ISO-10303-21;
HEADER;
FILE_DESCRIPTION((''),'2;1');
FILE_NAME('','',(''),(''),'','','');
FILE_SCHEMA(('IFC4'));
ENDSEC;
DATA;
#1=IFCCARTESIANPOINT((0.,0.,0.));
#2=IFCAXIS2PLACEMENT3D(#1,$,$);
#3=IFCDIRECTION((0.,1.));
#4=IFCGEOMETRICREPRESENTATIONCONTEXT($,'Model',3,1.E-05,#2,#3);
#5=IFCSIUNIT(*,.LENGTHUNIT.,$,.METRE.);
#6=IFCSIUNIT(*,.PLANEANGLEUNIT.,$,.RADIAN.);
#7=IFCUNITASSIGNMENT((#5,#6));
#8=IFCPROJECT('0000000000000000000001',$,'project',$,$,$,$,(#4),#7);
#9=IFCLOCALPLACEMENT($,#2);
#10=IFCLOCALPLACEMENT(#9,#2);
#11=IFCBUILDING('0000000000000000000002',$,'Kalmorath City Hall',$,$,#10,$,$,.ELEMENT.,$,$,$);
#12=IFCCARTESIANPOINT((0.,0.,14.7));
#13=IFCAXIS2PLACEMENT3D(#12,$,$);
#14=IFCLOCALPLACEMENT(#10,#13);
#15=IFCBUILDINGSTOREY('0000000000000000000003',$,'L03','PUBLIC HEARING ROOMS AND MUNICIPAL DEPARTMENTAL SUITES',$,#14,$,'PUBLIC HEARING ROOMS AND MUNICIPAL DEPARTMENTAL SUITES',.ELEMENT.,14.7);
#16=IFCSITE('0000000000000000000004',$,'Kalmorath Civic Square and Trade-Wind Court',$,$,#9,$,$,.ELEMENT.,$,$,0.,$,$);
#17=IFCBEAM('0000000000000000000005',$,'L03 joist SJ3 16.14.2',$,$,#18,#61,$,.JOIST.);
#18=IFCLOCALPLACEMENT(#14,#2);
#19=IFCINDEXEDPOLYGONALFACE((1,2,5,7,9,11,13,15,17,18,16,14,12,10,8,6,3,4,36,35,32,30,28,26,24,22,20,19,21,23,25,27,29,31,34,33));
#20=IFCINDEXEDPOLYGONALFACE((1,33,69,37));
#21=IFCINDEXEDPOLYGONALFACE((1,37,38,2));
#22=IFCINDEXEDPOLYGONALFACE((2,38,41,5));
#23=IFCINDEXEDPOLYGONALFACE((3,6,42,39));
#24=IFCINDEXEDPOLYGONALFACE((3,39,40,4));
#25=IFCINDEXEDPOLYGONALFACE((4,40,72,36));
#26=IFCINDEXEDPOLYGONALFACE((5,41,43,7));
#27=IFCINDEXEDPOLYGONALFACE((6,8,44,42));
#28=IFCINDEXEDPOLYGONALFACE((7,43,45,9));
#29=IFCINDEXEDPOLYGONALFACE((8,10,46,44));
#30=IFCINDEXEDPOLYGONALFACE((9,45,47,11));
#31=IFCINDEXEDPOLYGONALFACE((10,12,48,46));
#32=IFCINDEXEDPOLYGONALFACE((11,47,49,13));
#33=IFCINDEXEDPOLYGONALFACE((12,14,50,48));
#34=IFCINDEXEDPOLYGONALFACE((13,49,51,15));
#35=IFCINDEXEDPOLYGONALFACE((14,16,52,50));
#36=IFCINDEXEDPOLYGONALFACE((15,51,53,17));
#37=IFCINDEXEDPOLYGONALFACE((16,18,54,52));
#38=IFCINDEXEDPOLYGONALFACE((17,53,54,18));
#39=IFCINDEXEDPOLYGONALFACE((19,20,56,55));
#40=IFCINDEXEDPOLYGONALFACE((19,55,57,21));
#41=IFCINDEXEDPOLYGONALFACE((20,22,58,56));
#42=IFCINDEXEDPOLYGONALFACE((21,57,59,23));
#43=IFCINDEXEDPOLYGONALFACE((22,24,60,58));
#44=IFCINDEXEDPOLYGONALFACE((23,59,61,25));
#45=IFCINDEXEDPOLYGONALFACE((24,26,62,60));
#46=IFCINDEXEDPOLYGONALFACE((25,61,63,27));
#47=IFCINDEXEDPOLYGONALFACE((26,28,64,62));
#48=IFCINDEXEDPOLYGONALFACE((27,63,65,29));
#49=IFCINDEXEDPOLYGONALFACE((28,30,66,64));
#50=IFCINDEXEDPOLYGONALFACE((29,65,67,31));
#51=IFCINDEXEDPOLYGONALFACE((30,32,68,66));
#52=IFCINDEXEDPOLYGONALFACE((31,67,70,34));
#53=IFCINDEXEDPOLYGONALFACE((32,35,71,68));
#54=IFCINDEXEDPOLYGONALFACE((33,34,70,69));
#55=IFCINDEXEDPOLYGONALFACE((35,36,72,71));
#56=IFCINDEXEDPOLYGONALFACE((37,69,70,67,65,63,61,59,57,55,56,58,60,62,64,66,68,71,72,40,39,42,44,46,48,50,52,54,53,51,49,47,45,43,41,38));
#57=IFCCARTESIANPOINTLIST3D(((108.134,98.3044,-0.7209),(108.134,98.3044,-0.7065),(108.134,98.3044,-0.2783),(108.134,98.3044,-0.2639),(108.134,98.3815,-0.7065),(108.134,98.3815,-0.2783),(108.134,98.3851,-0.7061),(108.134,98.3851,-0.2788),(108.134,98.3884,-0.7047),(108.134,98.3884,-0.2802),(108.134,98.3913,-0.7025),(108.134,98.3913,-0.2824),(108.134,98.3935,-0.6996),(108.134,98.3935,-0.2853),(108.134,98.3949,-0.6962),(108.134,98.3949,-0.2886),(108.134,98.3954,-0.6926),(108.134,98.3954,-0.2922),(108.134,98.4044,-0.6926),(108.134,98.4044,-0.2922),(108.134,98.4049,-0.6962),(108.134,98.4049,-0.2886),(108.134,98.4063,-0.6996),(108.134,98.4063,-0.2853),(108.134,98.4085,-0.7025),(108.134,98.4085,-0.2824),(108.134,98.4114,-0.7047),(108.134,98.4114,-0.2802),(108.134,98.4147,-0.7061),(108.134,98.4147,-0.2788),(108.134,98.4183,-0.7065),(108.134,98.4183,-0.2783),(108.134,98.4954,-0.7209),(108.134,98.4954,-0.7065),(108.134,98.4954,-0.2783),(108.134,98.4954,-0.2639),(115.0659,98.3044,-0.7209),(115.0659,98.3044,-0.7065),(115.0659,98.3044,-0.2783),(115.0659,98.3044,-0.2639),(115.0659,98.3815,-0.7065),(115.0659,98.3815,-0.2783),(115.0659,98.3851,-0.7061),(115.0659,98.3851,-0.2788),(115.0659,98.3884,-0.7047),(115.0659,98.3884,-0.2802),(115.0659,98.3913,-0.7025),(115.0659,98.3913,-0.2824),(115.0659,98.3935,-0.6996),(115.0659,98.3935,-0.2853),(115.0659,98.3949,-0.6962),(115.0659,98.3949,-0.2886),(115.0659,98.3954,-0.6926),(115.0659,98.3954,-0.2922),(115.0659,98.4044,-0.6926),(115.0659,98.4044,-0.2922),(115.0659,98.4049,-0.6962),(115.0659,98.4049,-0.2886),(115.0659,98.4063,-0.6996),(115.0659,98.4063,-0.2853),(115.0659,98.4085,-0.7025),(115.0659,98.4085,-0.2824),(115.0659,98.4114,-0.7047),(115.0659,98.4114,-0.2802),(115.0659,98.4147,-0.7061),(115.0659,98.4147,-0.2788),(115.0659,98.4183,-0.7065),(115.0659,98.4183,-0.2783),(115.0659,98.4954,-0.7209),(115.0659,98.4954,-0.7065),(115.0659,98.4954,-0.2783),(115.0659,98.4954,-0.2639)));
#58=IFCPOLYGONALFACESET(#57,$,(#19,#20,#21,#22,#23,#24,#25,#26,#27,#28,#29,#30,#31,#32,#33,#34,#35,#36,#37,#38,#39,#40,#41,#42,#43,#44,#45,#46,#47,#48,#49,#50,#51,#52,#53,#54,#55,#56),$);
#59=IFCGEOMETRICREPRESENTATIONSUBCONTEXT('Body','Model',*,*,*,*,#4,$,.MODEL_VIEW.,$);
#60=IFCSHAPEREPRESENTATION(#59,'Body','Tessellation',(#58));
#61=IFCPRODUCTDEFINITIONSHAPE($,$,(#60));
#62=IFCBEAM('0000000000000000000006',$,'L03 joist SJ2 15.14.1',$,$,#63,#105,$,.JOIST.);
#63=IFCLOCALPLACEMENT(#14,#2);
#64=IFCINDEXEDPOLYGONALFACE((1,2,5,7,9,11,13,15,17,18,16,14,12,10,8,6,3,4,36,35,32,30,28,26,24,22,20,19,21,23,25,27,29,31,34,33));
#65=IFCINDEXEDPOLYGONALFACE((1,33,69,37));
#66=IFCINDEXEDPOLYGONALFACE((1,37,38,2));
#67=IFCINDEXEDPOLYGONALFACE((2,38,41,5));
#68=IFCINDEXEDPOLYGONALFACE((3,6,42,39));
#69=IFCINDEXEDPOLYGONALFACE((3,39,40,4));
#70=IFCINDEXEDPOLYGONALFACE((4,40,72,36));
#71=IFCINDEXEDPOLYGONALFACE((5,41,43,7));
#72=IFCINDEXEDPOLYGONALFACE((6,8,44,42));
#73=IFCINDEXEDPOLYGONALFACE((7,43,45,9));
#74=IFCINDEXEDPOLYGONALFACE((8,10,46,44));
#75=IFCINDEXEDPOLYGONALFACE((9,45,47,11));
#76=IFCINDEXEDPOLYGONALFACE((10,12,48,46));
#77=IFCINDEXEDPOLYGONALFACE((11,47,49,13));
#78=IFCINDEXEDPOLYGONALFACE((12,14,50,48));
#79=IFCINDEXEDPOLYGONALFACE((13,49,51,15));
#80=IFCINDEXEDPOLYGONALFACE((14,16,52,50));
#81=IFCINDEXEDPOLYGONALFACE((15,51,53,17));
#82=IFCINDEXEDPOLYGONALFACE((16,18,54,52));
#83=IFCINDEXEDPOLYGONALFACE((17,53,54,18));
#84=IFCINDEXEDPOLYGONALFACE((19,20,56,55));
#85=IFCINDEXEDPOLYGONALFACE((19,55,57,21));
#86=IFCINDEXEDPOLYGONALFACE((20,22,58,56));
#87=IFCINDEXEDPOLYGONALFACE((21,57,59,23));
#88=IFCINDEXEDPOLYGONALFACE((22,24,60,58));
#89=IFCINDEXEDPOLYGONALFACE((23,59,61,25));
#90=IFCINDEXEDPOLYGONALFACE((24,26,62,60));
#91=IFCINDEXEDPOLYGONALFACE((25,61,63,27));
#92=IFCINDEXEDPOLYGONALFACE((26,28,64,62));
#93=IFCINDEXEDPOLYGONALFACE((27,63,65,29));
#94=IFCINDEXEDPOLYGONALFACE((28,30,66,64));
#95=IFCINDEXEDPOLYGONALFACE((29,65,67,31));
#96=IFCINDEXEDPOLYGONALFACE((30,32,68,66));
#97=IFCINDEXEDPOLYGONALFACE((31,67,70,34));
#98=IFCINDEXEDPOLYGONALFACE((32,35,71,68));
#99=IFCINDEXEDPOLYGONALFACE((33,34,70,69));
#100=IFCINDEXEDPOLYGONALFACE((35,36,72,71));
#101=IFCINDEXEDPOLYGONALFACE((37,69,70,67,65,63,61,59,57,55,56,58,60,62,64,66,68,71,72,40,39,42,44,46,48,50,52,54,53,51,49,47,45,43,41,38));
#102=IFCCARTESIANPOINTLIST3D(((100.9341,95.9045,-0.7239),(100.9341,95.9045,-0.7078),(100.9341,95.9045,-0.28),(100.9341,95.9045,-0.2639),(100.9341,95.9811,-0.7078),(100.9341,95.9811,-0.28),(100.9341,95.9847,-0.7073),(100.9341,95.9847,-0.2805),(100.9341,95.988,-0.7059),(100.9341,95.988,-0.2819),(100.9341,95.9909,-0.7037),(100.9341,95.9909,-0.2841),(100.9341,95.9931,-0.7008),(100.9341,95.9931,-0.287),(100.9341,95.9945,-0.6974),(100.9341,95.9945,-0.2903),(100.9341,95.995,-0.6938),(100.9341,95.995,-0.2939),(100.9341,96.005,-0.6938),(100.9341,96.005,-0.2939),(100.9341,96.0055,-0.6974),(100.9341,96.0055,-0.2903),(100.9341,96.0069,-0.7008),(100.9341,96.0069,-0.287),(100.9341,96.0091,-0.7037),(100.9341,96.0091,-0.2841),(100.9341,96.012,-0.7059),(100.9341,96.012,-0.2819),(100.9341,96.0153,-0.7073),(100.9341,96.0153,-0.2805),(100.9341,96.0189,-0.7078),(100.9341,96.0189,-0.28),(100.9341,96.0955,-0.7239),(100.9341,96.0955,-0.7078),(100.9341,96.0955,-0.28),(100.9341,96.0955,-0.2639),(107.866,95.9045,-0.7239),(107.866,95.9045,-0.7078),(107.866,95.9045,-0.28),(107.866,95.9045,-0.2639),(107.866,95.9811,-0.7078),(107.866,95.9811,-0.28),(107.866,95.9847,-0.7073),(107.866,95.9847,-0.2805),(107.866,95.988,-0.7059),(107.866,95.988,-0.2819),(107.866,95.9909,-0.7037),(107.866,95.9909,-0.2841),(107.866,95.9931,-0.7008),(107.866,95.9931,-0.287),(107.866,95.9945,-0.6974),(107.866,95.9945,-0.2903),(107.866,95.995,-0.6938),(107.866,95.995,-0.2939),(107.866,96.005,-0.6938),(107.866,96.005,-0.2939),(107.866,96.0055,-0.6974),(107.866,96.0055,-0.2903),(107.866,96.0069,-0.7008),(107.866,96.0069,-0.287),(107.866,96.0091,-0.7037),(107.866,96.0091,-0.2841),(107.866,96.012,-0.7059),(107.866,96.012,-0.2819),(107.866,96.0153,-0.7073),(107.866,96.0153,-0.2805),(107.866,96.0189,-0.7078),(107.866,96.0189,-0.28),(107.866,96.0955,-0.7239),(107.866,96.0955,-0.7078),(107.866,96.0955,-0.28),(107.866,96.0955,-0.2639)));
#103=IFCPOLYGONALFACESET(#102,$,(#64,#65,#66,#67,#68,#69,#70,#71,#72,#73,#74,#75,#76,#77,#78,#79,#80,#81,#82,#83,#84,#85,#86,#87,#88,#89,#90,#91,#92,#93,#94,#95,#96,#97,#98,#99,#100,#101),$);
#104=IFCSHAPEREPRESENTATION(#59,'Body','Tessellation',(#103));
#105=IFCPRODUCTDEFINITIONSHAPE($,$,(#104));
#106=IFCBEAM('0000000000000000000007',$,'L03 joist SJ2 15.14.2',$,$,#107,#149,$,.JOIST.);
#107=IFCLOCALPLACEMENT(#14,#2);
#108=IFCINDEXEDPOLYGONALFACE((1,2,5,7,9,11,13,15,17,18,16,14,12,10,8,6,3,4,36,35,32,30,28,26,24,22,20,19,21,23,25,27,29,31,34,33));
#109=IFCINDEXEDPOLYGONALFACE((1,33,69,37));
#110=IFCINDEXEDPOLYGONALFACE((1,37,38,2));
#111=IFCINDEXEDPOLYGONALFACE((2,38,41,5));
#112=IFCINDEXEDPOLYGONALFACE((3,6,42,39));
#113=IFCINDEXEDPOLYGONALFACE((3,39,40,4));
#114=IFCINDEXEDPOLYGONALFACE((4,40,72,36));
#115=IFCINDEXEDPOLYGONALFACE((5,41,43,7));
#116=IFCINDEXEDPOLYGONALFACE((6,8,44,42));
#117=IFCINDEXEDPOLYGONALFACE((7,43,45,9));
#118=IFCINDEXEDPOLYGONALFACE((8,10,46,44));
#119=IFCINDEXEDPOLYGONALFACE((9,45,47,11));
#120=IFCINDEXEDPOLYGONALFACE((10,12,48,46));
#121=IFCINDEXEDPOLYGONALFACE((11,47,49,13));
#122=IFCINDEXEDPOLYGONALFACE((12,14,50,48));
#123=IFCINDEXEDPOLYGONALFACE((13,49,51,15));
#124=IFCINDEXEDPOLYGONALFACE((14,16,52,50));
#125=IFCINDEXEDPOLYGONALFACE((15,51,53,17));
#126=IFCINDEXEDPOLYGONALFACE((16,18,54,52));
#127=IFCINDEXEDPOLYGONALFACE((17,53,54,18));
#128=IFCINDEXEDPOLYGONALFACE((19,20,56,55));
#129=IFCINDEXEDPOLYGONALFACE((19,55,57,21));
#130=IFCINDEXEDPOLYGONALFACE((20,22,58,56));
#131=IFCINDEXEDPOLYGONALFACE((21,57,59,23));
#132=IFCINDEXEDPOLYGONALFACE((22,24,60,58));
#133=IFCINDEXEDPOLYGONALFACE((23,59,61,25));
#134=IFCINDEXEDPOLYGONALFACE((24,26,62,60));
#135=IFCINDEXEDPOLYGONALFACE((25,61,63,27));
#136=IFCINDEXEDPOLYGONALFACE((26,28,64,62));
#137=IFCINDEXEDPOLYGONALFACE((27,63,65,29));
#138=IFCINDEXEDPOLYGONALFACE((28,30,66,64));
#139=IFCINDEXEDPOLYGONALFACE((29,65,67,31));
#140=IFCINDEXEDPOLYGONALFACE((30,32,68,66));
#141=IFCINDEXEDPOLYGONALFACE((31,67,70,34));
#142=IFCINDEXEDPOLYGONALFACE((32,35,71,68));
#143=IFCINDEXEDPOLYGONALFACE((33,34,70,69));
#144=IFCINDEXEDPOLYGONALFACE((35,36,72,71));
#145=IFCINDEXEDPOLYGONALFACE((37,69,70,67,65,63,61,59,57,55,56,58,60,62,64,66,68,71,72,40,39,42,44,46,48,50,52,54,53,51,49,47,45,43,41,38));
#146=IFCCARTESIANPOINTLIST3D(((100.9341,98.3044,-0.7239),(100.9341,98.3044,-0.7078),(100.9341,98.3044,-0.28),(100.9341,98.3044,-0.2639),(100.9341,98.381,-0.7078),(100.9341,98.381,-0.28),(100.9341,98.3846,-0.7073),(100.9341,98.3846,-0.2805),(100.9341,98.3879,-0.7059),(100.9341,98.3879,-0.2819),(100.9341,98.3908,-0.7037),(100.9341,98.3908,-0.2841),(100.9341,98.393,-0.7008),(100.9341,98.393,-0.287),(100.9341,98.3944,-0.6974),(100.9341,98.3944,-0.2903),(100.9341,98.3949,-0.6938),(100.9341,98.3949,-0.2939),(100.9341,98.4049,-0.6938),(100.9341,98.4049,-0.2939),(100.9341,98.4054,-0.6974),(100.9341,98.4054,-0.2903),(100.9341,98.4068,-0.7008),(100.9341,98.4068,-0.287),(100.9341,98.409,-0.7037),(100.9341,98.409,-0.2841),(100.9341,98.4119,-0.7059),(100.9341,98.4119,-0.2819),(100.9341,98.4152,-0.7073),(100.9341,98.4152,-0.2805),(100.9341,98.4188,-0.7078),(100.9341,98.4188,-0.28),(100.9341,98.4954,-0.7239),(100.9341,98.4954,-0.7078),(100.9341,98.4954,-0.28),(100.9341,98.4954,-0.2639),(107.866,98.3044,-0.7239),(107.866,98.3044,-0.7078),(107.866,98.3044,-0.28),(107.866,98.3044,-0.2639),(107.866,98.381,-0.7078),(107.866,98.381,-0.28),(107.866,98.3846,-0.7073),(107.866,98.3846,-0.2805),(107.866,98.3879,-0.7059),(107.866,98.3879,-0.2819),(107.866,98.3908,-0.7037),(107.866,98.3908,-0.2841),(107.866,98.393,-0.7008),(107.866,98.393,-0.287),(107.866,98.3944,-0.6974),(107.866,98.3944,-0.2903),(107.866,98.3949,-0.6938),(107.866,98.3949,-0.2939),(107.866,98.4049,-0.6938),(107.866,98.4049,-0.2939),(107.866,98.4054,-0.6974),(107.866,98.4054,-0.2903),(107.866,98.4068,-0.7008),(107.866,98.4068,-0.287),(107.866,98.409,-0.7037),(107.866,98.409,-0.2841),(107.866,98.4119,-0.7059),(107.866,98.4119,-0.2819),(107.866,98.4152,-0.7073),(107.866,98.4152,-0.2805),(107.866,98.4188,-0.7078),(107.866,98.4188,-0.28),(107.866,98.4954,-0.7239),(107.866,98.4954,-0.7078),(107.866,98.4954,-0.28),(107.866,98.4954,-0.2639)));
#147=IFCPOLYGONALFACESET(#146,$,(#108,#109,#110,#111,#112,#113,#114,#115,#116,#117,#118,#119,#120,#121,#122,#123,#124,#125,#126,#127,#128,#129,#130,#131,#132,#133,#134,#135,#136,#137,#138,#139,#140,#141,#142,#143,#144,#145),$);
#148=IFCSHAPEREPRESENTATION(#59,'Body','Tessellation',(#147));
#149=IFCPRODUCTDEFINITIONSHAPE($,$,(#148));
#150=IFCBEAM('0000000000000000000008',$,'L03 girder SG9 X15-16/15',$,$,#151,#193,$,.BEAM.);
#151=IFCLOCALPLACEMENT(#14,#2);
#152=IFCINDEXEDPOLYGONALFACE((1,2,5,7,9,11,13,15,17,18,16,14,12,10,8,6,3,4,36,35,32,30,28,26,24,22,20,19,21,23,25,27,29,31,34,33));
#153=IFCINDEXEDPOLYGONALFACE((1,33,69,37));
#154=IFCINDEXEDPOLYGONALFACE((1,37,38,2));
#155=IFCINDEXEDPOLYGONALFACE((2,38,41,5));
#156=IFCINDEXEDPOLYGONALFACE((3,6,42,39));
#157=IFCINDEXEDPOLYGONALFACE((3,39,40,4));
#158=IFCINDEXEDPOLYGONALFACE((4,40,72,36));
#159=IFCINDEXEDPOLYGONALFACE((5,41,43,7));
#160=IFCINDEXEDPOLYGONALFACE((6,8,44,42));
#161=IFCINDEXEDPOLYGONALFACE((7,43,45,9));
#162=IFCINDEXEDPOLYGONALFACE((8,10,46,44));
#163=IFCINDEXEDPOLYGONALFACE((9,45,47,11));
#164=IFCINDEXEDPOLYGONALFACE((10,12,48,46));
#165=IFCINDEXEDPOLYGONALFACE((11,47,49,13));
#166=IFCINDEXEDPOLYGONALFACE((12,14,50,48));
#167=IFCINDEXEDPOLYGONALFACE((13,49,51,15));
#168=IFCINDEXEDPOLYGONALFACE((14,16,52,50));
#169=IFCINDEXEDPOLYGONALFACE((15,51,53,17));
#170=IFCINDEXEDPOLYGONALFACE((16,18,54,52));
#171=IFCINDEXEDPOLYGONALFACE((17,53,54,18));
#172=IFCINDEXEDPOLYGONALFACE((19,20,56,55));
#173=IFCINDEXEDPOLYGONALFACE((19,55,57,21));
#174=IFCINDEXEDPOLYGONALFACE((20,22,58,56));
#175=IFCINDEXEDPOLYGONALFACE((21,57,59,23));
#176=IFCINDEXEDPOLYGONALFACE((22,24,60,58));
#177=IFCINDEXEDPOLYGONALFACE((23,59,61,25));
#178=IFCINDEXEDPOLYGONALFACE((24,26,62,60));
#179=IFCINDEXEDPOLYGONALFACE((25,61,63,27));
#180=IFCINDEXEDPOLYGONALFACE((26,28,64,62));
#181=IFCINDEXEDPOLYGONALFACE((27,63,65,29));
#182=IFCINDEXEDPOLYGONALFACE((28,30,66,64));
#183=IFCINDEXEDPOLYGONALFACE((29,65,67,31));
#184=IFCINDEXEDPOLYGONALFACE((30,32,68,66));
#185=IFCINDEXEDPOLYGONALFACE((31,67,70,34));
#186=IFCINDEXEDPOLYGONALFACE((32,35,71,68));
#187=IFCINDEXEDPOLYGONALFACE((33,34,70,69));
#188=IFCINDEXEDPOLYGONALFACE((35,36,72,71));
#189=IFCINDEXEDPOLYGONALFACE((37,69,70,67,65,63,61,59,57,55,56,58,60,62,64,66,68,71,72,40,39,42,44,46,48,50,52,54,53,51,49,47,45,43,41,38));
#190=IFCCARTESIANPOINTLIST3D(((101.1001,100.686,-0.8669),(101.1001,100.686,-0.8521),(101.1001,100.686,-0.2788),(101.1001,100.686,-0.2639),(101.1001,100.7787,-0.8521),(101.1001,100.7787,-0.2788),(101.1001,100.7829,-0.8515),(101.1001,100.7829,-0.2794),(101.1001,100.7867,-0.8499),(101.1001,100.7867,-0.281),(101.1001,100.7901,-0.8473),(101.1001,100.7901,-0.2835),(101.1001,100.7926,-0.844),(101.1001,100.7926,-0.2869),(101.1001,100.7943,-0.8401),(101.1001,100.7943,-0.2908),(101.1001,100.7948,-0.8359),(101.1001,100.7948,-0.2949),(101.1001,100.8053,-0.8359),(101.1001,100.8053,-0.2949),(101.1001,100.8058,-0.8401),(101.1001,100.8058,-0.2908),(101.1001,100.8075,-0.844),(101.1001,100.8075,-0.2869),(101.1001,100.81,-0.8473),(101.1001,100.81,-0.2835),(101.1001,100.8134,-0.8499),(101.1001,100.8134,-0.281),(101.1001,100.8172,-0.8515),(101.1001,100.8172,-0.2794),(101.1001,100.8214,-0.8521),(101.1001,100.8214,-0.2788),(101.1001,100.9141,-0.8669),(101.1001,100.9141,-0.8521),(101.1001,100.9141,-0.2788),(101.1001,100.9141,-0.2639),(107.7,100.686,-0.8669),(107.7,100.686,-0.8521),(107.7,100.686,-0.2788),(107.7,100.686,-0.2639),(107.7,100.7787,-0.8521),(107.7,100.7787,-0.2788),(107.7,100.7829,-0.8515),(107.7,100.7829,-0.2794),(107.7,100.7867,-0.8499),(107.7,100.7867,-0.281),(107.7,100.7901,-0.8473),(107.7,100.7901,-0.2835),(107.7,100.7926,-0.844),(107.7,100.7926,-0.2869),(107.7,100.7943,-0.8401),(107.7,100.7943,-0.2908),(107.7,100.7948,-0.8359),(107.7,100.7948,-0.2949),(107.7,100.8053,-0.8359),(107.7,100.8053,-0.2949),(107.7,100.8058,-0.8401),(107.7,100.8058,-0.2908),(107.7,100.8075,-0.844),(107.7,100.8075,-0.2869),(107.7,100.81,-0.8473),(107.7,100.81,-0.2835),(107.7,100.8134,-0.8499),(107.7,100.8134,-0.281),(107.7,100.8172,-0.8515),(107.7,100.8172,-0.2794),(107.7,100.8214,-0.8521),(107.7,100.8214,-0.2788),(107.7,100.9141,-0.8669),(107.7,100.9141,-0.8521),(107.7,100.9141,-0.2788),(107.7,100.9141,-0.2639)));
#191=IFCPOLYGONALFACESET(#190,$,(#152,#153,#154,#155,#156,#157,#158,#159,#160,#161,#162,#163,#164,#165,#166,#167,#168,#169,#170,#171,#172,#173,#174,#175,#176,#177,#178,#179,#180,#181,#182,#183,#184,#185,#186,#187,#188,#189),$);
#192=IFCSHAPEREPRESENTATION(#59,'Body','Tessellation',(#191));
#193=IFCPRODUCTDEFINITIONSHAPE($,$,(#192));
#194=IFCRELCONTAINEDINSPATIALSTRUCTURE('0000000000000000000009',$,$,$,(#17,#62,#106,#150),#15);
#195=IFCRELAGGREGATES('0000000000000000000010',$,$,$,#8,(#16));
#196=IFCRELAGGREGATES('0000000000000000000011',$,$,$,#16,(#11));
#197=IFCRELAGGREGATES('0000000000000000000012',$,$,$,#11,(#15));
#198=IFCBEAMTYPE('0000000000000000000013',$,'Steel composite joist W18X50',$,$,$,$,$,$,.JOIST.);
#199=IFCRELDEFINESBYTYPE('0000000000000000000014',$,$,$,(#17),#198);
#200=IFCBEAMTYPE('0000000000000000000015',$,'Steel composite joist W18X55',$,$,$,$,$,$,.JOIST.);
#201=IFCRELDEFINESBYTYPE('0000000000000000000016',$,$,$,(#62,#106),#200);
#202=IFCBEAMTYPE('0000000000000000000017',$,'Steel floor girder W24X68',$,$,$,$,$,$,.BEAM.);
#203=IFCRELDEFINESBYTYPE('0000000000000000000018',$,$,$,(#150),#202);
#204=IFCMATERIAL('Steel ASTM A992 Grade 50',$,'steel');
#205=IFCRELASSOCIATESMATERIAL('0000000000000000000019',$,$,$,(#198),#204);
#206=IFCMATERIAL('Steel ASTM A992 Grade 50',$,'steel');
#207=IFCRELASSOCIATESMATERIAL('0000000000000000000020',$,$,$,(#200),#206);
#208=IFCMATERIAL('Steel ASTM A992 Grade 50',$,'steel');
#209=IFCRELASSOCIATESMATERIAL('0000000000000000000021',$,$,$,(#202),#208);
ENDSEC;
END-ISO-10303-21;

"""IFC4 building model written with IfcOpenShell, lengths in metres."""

from ifc_helpers import new_model, si_unit, direction, frame, origin, origin_2d, place, context, subcontext, project, spatial, i_section, extrude, material, material_profile, profile_set, type_object, element, save


model = new_model("IFC4")

# Units and contexts
model_context = context("Model", 3, precision=1e-05, world=origin(), true_north=direction((0.0, 1.0)))
body_context = subcontext(model_context, "Body", "Model", "MODEL_VIEW")
ifc_project = project(units=[si_unit("LENGTHUNIT", "METRE"), si_unit("PLANEANGLEUNIT", "RADIAN")], contexts=[model_context])

# Site, building, storey
site_placement = place(None, origin())
site = spatial("IfcSite", under=ifc_project, at=site_placement, Name="Kalmorath Civic Square and Trade-Wind Court", CompositionType="ELEMENT", RefElevation=0.0)
building_placement = place(site_placement, origin())
building = spatial("IfcBuilding", under=site, at=building_placement, Name="Kalmorath City Hall", CompositionType="ELEMENT")
storey_placement = place(building_placement, frame((0.0, 0.0, 14.7)))
storey = spatial("IfcBuildingStorey", under=building, at=storey_placement, Name="L03", Description="PUBLIC HEARING ROOMS AND MUNICIPAL DEPARTMENTAL SUITES", LongName="PUBLIC HEARING ROOMS AND MUNICIPAL DEPARTMENTAL SUITES", CompositionType="ELEMENT", Elevation=14.7)

# Beams
ifc_material_1 = material(Name="Steel ASTM A992 Grade 50", Category="steel")
ifc_material_profile_1 = material_profile(ifc_material_1, i_section(OverallWidth=0.1909, OverallDepth=0.457, WebThickness=0.009, FlangeThickness=0.0144, FilletRadius=0.0139, at=origin_2d()), Name="W18X50")
ifc_profile_set_1 = profile_set([ifc_material_profile_1], Name="Steel ASTM A992 Grade 50")
beam_type_1 = type_object("IfcBeamType", Name="Steel composite joist W18X50", PredefinedType="JOIST", material=ifc_profile_set_1)
for number, where, z_axis, x_axis, name in (
    (1, (108.134, 98.3999, -0.4924), (1.0, 0.0, 0.0), (0.0, 1.0, 0.0), "L03 joist SJ3 16.14.2"),
):
    element("IfcBeam", number, at=place(storey_placement, frame(where, z_axis=z_axis, x_axis=x_axis)), inside=storey, type_object=beam_type_1, Name=name, PredefinedType="JOIST", context=body_context, shape_type="SweptSolid", body=[
        extrude(i_section(OverallWidth=0.1909, OverallDepth=0.457, WebThickness=0.009, FlangeThickness=0.0144, FilletRadius=0.0139, at=origin_2d()), origin(), (0.0, 0.0, 1.0), 6.9319),
    ])
ifc_material_2 = material(Name="Steel ASTM A992 Grade 50", Category="steel")
ifc_material_profile_2 = material_profile(ifc_material_2, i_section(OverallWidth=0.1909, OverallDepth=0.46, WebThickness=0.01, FlangeThickness=0.0161, FilletRadius=0.0139, at=origin_2d()), Name="W18X55")
ifc_profile_set_2 = profile_set([ifc_material_profile_2], Name="Steel ASTM A992 Grade 50")
beam_type_2 = type_object("IfcBeamType", Name="Steel composite joist W18X55", PredefinedType="JOIST", material=ifc_profile_set_2)
for number, where, z_axis, x_axis, name in (
    (2, (100.9341, 96.0, -0.4939), (1.0, 0.0, 0.0), (0.0, 1.0, 0.0), "L03 joist SJ2 15.14.1"),
    (3, (100.9341, 98.3999, -0.4939), (1.0, 0.0, 0.0), (0.0, 1.0, 0.0), "L03 joist SJ2 15.14.2"),
):
    element("IfcBeam", number, at=place(storey_placement, frame(where, z_axis=z_axis, x_axis=x_axis)), inside=storey, type_object=beam_type_2, Name=name, PredefinedType="JOIST", context=body_context, shape_type="SweptSolid", body=[
        extrude(i_section(OverallWidth=0.1909, OverallDepth=0.46, WebThickness=0.01, FlangeThickness=0.0161, FilletRadius=0.0139, at=origin_2d()), origin(), (0.0, 0.0, 1.0), 6.9319),
    ])
ifc_material_3 = material(Name="Steel ASTM A992 Grade 50", Category="steel")
ifc_material_profile_3 = material_profile(ifc_material_3, i_section(OverallWidth=0.228, OverallDepth=0.603, WebThickness=0.0105, FlangeThickness=0.0149, FilletRadius=0.0161, at=origin_2d()), Name="W24X68")
ifc_profile_set_3 = profile_set([ifc_material_profile_3], Name="Steel ASTM A992 Grade 50")
beam_type_3 = type_object("IfcBeamType", Name="Steel floor girder W24X68", PredefinedType="BEAM", material=ifc_profile_set_3)
beam_placement = place(storey_placement, frame((101.1001, 100.8, -0.5654), z_axis=(1.0, 0.0, 0.0), x_axis=(0.0, 1.0, 0.0)))
element("IfcBeam", 4, at=beam_placement, inside=storey, type_object=beam_type_3, Name="L03 girder SG9 X15-16/15", PredefinedType="BEAM", context=body_context, shape_type="SweptSolid", body=[
    extrude(i_section(OverallWidth=0.228, OverallDepth=0.603, WebThickness=0.0105, FlangeThickness=0.0149, FilletRadius=0.0161, at=origin_2d()), origin(), (0.0, 0.0, 1.0), 6.5999),
])

save(model, "model.ifc")
